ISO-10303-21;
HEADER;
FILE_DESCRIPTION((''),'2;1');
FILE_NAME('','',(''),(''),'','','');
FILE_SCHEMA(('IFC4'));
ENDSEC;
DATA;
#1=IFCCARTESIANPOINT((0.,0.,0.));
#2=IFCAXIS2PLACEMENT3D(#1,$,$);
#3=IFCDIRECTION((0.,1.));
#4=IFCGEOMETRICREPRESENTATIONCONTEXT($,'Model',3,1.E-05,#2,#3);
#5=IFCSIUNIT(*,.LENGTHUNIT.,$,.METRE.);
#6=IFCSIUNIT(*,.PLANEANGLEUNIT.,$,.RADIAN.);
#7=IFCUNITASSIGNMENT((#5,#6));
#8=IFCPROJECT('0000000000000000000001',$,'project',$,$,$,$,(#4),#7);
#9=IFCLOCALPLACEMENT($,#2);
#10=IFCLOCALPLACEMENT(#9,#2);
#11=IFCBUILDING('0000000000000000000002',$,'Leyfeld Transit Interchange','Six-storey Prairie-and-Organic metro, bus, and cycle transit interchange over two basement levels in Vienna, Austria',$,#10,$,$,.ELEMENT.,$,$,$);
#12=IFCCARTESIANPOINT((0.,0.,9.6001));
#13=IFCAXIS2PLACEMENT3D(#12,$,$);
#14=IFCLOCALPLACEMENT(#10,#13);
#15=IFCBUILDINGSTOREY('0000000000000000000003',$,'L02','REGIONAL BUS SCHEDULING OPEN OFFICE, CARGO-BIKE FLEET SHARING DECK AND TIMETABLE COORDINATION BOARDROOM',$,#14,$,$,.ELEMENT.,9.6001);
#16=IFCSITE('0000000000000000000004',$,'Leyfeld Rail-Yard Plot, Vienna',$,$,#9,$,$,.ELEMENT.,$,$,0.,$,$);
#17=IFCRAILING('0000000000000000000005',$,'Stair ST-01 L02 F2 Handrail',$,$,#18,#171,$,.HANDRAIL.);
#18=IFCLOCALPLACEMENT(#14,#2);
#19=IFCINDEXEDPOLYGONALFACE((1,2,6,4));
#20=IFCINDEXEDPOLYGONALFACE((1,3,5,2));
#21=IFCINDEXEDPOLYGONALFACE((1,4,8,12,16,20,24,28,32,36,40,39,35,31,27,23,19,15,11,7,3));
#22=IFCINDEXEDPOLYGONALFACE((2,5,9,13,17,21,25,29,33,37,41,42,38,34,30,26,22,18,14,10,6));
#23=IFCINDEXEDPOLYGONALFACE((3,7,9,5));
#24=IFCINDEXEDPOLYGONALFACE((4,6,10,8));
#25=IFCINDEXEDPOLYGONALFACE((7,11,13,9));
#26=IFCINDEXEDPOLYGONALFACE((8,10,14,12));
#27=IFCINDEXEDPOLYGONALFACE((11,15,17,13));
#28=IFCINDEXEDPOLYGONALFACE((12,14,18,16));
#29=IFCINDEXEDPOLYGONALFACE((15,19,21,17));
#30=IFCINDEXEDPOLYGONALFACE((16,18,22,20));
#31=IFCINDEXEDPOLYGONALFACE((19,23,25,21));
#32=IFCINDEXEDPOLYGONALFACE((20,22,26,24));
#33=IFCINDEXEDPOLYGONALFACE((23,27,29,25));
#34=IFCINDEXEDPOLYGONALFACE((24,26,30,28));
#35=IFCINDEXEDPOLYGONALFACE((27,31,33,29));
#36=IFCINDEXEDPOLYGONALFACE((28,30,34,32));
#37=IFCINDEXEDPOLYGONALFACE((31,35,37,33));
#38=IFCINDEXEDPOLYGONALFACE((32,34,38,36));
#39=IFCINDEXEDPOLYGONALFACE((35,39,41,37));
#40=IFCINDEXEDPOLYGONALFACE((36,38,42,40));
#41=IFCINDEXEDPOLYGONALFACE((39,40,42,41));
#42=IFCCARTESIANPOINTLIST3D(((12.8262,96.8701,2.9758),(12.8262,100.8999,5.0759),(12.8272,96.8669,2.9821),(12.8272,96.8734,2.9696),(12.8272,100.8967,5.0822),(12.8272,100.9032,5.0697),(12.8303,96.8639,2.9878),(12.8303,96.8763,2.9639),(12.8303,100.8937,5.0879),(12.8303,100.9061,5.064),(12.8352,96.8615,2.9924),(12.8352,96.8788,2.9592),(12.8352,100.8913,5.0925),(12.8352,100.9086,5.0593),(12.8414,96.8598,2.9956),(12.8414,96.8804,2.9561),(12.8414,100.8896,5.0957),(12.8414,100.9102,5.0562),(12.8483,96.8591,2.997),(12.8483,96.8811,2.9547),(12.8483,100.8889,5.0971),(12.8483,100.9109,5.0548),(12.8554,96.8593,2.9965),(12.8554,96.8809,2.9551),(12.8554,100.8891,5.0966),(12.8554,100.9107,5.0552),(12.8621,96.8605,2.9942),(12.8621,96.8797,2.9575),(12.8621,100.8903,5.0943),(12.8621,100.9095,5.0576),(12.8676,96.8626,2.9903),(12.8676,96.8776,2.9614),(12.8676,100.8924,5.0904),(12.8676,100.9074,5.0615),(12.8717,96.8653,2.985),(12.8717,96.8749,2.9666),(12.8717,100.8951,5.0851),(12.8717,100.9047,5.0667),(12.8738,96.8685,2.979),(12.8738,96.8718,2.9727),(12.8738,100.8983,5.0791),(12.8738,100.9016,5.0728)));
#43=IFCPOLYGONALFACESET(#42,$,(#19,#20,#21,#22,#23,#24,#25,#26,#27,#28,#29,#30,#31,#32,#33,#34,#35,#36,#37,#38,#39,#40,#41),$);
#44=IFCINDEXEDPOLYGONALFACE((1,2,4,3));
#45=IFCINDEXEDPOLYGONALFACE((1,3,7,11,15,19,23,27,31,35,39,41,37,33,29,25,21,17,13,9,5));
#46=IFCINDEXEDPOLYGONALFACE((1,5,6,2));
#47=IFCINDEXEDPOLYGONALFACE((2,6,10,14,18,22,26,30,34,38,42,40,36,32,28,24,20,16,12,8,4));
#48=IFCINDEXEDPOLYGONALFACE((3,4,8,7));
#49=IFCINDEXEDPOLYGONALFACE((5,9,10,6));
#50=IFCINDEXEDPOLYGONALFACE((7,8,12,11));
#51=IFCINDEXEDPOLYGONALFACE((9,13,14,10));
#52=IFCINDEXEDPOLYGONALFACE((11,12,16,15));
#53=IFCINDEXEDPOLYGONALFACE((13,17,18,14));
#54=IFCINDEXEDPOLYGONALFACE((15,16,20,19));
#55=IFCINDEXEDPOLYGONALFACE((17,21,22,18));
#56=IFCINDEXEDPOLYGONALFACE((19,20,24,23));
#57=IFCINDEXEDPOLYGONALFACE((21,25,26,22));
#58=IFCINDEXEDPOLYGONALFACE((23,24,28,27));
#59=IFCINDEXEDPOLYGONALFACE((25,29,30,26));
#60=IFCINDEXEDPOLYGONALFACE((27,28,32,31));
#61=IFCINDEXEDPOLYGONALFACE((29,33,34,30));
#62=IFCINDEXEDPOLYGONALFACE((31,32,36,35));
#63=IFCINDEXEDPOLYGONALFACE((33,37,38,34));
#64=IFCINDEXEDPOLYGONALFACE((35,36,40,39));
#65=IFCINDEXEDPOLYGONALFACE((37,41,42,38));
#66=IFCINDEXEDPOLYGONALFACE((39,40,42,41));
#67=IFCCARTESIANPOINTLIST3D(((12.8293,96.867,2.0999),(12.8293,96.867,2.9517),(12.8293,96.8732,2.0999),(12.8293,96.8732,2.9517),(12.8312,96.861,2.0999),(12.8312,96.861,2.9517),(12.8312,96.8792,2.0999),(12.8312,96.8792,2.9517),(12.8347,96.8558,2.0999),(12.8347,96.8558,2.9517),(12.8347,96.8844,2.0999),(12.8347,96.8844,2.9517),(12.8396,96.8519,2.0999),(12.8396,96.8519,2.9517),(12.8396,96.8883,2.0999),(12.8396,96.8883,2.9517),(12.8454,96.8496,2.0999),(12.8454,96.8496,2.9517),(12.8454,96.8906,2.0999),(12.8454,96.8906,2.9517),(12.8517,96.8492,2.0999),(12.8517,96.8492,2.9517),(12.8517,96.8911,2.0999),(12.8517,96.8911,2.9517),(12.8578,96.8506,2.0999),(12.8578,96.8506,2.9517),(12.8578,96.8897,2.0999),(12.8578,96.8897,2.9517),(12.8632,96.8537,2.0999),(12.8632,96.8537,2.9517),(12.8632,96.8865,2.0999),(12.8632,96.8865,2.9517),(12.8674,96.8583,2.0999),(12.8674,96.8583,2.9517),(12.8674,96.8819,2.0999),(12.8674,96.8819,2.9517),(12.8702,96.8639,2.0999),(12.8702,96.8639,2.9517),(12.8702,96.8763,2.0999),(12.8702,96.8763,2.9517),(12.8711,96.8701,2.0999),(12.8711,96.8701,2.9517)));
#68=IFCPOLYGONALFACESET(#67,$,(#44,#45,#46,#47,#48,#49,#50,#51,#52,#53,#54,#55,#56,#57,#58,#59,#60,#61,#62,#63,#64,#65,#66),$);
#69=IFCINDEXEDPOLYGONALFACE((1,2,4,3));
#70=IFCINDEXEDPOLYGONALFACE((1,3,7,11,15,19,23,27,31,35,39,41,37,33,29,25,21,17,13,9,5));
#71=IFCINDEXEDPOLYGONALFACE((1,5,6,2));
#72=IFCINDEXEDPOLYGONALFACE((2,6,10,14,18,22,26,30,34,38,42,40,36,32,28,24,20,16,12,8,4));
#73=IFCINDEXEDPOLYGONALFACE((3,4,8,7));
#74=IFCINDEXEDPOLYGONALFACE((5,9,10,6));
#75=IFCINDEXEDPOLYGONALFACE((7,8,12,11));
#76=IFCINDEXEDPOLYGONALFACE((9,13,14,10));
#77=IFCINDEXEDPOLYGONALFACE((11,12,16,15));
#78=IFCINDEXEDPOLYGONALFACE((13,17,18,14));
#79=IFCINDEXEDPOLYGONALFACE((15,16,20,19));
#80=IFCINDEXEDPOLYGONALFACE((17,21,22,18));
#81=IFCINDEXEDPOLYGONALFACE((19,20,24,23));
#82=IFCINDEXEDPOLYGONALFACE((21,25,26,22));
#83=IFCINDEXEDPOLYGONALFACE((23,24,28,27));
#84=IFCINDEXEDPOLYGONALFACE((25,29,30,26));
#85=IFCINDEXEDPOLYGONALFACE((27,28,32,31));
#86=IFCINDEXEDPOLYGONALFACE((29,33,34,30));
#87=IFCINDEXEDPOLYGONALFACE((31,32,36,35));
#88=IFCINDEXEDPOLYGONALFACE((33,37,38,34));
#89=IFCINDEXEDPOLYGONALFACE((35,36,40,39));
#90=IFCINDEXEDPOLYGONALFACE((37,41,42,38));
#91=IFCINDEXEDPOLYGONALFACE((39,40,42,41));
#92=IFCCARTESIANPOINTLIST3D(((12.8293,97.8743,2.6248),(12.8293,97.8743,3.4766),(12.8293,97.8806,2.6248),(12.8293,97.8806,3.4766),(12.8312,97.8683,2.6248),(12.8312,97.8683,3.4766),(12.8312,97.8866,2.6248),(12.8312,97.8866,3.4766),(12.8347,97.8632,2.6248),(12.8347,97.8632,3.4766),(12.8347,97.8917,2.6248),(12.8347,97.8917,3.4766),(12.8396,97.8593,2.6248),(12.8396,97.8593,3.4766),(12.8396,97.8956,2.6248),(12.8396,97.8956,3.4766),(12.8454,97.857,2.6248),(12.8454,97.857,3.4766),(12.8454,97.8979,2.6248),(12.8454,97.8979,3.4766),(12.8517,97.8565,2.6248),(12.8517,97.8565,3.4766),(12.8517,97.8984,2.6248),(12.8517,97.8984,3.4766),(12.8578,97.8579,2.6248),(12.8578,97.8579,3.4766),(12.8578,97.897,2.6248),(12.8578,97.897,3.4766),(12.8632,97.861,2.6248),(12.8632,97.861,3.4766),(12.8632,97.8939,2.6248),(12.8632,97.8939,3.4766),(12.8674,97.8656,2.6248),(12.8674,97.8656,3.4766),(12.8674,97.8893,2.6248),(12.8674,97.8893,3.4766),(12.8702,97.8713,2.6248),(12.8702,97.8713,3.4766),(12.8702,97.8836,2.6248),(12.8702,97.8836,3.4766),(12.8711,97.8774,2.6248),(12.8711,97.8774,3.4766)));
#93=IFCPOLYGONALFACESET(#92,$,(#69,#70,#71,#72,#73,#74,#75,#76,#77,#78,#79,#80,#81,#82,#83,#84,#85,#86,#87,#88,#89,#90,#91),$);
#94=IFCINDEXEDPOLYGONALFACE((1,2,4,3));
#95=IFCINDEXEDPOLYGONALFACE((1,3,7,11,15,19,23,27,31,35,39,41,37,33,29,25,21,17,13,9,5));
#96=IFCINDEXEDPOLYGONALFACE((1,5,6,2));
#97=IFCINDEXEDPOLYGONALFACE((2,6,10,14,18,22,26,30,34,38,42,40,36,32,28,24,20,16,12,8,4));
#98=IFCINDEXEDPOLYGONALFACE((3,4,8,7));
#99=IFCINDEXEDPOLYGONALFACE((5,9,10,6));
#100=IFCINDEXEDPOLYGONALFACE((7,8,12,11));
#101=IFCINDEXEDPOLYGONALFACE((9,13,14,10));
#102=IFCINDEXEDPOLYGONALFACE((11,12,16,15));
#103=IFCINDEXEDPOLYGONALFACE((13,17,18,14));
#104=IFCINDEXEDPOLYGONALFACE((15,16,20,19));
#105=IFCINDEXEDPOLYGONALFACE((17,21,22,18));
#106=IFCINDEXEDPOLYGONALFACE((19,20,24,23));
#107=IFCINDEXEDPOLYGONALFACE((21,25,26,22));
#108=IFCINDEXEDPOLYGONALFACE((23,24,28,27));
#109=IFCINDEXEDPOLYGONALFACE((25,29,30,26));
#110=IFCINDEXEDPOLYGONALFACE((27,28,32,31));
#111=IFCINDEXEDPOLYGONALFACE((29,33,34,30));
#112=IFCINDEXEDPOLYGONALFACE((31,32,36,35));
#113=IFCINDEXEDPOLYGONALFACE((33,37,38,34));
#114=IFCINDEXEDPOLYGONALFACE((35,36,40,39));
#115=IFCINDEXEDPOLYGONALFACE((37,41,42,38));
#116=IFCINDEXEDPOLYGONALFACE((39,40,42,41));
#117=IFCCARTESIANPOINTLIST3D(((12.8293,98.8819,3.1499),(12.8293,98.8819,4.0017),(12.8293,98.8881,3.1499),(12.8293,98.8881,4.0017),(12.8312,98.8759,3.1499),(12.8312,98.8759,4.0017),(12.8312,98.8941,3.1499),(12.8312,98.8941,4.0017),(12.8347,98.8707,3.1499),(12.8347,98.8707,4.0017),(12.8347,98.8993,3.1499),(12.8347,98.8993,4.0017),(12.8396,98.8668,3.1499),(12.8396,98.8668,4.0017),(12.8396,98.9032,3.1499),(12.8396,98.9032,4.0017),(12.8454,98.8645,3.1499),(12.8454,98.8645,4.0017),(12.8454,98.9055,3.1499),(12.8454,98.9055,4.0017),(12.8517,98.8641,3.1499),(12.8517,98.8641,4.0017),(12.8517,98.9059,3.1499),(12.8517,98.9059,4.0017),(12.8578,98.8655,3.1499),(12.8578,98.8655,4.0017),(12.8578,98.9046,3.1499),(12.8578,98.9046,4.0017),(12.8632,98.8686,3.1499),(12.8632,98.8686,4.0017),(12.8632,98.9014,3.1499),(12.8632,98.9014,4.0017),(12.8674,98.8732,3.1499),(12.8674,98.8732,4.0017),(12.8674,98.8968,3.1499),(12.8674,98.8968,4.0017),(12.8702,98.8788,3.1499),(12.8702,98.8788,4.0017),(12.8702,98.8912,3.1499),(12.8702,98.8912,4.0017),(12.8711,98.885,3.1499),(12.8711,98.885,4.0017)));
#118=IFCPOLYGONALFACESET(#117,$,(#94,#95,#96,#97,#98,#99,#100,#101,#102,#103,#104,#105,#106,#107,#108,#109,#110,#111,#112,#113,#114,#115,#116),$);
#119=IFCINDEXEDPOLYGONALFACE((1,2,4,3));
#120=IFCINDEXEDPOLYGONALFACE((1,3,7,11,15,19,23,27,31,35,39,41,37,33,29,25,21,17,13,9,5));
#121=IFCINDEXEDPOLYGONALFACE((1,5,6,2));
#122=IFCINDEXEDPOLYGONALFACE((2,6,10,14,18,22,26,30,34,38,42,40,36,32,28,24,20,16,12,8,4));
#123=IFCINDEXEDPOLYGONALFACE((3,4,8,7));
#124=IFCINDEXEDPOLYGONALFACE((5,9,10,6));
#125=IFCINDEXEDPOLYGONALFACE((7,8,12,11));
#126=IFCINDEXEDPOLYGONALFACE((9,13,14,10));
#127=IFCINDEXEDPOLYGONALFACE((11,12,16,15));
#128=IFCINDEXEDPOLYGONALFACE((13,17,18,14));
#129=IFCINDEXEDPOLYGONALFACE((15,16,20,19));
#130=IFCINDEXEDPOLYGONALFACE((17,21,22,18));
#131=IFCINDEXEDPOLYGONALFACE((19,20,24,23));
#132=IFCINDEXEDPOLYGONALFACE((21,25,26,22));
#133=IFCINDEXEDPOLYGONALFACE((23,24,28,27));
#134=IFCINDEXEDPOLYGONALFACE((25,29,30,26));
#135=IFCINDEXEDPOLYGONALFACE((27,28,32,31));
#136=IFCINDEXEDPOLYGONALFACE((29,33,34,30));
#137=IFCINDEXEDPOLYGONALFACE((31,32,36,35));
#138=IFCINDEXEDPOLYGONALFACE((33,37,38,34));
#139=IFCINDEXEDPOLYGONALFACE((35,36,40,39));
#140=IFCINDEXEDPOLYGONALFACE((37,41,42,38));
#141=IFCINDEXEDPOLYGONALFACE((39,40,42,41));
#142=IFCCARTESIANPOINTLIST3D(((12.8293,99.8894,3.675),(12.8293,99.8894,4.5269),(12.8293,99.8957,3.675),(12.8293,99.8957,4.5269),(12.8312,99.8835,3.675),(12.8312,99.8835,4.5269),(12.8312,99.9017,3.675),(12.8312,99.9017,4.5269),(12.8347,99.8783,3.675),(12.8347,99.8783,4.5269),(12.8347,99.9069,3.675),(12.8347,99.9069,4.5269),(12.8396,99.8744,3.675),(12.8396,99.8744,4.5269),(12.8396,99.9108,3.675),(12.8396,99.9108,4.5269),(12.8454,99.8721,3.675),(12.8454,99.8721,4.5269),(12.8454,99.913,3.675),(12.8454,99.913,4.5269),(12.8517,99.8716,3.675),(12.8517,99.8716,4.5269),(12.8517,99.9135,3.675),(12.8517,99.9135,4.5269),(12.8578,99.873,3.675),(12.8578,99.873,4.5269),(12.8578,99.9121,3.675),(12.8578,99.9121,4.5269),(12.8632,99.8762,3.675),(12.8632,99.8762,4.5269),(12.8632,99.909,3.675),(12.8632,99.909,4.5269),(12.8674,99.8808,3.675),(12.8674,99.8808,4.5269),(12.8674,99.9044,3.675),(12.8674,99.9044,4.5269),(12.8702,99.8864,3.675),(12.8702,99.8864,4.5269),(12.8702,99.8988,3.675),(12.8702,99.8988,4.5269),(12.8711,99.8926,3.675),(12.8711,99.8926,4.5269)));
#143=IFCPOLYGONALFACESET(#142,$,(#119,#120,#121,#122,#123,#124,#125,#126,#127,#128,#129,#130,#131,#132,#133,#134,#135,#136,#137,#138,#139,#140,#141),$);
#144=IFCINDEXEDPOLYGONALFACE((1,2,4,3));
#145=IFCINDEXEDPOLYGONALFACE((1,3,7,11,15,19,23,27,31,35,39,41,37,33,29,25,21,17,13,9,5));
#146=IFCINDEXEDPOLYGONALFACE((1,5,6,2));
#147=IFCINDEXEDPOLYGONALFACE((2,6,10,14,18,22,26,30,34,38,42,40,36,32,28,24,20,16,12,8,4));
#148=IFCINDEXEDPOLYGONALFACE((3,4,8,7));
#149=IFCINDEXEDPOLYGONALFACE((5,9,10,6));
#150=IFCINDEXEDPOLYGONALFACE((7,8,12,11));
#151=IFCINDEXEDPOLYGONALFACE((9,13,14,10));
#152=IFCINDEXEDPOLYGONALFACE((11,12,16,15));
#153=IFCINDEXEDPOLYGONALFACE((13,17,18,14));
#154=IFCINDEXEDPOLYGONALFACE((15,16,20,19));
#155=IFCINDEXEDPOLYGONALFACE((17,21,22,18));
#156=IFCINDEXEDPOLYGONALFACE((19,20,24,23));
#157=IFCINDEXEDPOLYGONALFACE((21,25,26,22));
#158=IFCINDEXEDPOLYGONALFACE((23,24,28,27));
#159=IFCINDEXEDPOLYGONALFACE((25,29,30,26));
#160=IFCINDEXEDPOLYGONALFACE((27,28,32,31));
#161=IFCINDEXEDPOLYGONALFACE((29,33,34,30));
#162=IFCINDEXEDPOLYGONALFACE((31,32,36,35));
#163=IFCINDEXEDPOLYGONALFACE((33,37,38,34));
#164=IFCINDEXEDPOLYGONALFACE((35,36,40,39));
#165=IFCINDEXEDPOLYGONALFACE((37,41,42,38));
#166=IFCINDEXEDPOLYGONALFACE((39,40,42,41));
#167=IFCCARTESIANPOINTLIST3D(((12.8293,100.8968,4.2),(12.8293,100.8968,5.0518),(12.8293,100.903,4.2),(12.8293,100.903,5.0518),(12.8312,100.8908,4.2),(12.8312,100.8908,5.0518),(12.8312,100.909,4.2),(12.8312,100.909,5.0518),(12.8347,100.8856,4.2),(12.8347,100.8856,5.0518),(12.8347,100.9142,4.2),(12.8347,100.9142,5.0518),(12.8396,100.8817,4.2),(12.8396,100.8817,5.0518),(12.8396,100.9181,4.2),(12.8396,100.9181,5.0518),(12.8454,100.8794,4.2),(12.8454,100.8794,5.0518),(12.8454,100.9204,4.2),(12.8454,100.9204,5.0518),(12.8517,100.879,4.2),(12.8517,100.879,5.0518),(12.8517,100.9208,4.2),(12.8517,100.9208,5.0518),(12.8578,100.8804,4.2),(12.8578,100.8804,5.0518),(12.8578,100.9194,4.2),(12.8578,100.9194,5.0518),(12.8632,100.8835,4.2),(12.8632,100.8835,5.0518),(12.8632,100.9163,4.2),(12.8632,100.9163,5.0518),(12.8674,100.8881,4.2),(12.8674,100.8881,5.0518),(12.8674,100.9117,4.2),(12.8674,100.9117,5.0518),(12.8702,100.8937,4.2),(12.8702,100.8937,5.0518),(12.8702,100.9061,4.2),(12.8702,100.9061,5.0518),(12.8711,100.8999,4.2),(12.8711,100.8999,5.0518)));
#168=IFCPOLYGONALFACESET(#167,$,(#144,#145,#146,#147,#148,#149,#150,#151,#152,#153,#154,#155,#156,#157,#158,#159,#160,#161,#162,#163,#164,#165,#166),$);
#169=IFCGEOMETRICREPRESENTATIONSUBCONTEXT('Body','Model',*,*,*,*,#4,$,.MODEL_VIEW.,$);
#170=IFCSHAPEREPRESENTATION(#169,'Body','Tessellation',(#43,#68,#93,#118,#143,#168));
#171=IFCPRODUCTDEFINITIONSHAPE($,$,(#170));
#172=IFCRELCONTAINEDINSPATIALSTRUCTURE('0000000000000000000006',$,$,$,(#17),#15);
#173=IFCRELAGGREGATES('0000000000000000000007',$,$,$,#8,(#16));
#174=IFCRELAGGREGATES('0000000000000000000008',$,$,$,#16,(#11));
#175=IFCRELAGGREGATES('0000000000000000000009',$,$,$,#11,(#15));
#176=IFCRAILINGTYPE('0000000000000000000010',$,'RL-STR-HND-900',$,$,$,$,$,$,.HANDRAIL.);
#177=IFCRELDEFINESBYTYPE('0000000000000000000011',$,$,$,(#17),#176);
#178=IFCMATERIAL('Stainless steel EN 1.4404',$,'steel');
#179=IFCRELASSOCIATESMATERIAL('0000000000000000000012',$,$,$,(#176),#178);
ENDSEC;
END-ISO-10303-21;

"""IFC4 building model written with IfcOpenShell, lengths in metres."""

from ifc_helpers import new_model, si_unit, direction, frame, origin, origin_2d, place, context, subcontext, project, spatial, circle, extrude, material, type_object, element, save


model = new_model("IFC4")

# Units and contexts
model_context = context("Model", 3, precision=1e-05, world=origin(), true_north=direction((0.0, 1.0)))
body_context = subcontext(model_context, "Body", "Model", "MODEL_VIEW")
ifc_project = project(units=[si_unit("LENGTHUNIT", "METRE"), si_unit("PLANEANGLEUNIT", "RADIAN")], contexts=[model_context])

# Site, building, storey
site_placement = place(None, origin())
site = spatial("IfcSite", under=ifc_project, at=site_placement, Name="Leyfeld Rail-Yard Plot, Vienna", CompositionType="ELEMENT", RefElevation=0.0)
building_placement = place(site_placement, origin())
building = spatial("IfcBuilding", under=site, at=building_placement, Name="Leyfeld Transit Interchange", Description="Six-storey Prairie-and-Organic metro, bus, and cycle transit interchange over two basement levels in Vienna, Austria", CompositionType="ELEMENT")
storey_placement = place(building_placement, frame((0.0, 0.0, 9.6001)))
storey = spatial("IfcBuildingStorey", under=building, at=storey_placement, Name="L02", Description="REGIONAL BUS SCHEDULING OPEN OFFICE, CARGO-BIKE FLEET SHARING DECK AND TIMETABLE COORDINATION BOARDROOM", CompositionType="ELEMENT", Elevation=9.6001)

# Shared definitions
ifc_material_1 = material(Name="Stainless steel EN 1.4404", Category="steel")

# Railing
railing_type_1 = type_object("IfcRailingType", Name="RL-STR-HND-900", PredefinedType="HANDRAIL", material=ifc_material_1)
railing_1_placement = place(storey_placement, frame((12.8501, 96.8701, 2.0999)))
element("IfcRailing", 1, at=railing_1_placement, inside=storey, type_object=railing_type_1, Name="Stair ST-01 L02 F2 Handrail", PredefinedType="HANDRAIL", context=body_context, shape_type="SweptSolid", body=[
    extrude(circle(Radius=0.0239, at=origin_2d()), frame((0.0, 0.0, 0.876), z_axis=(0.0, 0.886801, 0.462151), x_axis=(-1.0, 0.0, 0.0)), (0.0, 0.0, 1.0), 4.5442),
    extrude(circle(Radius=0.021, at=origin_2d()), origin(), (0.0, 0.0, 1.0), 0.8518),
    extrude(circle(Radius=0.021, at=origin_2d()), frame((0.0, 1.0073, 0.5249)), (0.0, 0.0, 1.0), 0.8518),
    extrude(circle(Radius=0.021, at=origin_2d()), frame((0.0, 2.0149, 1.05)), (0.0, 0.0, 1.0), 0.8518),
    extrude(circle(Radius=0.021, at=origin_2d()), frame((0.0, 3.0225, 1.5752)), (0.0, 0.0, 1.0), 0.8518),
    extrude(circle(Radius=0.021, at=origin_2d()), frame((0.0, 4.0298, 2.1001)), (0.0, 0.0, 1.0), 0.8518),
])

save(model, "model.ifc")
